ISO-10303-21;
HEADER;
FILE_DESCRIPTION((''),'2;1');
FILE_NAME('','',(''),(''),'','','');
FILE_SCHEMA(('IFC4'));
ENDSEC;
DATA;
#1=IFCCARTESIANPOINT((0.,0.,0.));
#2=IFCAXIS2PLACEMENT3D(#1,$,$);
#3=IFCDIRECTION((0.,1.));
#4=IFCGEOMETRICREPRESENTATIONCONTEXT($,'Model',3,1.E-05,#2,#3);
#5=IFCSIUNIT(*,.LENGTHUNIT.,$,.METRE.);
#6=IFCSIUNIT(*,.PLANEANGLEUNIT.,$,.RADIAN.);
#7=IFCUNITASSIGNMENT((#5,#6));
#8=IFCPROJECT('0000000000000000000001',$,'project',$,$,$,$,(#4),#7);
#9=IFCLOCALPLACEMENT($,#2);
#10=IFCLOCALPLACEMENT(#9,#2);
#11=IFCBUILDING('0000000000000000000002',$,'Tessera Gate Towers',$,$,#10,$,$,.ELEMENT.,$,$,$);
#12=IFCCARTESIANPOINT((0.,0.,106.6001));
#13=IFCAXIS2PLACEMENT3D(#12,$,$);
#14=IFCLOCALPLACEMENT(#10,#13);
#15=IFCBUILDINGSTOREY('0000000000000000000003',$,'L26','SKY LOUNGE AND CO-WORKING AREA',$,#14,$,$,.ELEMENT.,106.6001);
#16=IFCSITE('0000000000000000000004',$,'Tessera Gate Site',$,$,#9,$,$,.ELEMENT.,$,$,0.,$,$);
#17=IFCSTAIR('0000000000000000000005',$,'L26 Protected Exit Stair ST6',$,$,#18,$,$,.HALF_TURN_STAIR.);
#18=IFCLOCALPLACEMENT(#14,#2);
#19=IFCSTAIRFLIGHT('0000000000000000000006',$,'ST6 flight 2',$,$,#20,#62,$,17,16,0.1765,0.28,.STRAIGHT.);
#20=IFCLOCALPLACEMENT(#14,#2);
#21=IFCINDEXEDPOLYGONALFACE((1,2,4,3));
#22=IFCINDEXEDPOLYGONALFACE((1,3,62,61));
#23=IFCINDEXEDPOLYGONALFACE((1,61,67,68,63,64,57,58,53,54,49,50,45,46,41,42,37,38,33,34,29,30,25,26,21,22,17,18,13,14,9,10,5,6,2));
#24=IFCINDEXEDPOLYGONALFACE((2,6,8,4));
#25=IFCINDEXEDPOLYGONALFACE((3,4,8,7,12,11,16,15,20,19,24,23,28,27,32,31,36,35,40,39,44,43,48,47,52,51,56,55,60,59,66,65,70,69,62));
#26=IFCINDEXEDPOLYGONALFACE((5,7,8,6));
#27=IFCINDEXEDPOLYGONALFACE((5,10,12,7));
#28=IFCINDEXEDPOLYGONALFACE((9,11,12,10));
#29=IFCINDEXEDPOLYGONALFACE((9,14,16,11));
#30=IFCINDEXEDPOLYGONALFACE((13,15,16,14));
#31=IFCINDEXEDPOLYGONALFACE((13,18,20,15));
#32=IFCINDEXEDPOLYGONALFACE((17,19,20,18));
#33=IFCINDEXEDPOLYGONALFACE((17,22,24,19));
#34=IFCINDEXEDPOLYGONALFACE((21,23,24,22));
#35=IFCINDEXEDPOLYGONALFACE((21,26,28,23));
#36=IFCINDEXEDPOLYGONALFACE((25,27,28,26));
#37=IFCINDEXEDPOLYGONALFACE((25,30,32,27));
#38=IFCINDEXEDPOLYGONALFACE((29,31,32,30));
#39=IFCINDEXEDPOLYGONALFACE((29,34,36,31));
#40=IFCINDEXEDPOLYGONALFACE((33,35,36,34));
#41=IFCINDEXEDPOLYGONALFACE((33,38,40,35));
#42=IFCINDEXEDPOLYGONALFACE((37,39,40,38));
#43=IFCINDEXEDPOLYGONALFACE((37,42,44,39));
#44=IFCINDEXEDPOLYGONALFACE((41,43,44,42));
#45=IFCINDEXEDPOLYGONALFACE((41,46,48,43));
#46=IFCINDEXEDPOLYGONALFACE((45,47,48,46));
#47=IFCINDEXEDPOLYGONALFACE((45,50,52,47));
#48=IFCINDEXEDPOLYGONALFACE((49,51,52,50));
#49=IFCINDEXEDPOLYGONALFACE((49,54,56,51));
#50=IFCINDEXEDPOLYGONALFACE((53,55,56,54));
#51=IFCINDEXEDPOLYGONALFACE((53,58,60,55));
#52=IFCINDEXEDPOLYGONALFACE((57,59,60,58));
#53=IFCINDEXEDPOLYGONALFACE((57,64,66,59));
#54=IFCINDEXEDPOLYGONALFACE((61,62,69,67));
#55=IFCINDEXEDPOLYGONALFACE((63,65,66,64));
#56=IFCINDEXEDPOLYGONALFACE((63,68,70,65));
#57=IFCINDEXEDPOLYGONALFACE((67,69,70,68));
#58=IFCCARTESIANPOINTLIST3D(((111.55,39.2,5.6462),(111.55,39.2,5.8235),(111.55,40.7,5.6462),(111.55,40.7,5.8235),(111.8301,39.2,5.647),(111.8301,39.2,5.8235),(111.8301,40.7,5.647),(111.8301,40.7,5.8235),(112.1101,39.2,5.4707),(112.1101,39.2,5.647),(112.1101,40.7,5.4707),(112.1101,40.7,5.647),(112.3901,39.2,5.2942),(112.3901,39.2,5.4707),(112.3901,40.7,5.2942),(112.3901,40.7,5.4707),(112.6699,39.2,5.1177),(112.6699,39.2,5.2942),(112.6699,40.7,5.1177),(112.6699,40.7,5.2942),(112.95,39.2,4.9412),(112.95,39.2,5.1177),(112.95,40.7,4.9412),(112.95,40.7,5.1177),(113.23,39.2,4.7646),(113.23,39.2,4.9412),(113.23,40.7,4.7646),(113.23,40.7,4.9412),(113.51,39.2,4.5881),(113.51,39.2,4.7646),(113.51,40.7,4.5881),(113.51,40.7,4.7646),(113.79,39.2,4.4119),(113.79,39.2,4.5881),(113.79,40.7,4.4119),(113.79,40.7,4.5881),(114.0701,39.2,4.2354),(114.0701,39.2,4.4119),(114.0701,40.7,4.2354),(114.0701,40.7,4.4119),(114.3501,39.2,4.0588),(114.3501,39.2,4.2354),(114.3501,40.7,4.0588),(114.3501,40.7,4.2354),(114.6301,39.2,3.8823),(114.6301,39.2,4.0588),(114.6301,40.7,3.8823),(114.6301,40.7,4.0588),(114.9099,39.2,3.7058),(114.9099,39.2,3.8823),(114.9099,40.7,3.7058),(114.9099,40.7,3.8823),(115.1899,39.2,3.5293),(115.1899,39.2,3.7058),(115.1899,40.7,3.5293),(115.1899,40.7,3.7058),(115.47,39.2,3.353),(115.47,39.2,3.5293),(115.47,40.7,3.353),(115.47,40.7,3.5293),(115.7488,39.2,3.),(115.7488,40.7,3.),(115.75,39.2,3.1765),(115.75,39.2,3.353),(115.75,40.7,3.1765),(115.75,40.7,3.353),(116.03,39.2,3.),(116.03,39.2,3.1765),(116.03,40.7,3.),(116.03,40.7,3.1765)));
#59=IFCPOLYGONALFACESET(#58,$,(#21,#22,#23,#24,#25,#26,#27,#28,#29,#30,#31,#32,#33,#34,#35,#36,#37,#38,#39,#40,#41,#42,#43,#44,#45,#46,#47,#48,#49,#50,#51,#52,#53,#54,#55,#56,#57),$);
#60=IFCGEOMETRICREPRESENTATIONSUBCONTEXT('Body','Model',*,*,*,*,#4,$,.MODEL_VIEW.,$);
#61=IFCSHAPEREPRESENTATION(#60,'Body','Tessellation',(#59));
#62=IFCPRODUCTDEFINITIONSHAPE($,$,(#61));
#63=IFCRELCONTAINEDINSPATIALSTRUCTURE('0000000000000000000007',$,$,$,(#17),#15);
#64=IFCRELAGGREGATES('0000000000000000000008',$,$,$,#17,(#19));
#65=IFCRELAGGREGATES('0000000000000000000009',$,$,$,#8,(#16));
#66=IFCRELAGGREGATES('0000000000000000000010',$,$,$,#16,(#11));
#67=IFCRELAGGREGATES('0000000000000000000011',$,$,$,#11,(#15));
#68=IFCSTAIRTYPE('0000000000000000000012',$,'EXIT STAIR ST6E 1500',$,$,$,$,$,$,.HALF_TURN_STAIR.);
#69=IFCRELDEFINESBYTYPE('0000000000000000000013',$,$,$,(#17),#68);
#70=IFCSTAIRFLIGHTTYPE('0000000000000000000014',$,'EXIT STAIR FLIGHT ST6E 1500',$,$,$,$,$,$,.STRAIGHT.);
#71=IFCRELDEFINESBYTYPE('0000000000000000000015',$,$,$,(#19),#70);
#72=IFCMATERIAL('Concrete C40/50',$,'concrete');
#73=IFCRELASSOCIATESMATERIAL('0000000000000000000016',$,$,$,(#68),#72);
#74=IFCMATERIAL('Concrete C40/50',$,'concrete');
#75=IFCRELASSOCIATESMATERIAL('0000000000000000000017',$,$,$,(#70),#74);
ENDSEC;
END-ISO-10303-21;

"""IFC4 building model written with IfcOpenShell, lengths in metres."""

from ifc_helpers import new_model, si_unit, direction, frame, origin, place, context, subcontext, project, spatial, polyline, outline, extrude, material, type_object, element, aggregate, save


model = new_model("IFC4")

# Units and contexts
model_context = context("Model", 3, precision=1e-05, world=origin(), true_north=direction((0.0, 1.0)))
body_context = subcontext(model_context, "Body", "Model", "MODEL_VIEW")
ifc_project = project(units=[si_unit("LENGTHUNIT", "METRE"), si_unit("PLANEANGLEUNIT", "RADIAN")], contexts=[model_context])

# Site, building, storey
site_placement = place(None, origin())
site = spatial("IfcSite", under=ifc_project, at=site_placement, Name="Tessera Gate Site", CompositionType="ELEMENT", RefElevation=0.0)
building_placement = place(site_placement, origin())
building = spatial("IfcBuilding", under=site, at=building_placement, Name="Tessera Gate Towers", CompositionType="ELEMENT")
storey_placement = place(building_placement, frame((0.0, 0.0, 106.6001)))
storey = spatial("IfcBuildingStorey", under=building, at=storey_placement, Name="L26", Description="SKY LOUNGE AND CO-WORKING AREA", CompositionType="ELEMENT", Elevation=106.6001)

# Stair, stair flight
ifc_material_1 = material(Name="Concrete C40/50", Category="concrete")
stair_type = type_object("IfcStairType", Name="EXIT STAIR ST6E 1500", PredefinedType="HALF_TURN_STAIR", material=ifc_material_1)
stair_placement = place(storey_placement, origin())
stair = element("IfcStair", 1, at=stair_placement, inside=storey, type_object=stair_type, Name="L26 Protected Exit Stair ST6", PredefinedType="HALF_TURN_STAIR")
ifc_material_2 = material(Name="Concrete C40/50", Category="concrete")
stair_flight_type = type_object("IfcStairFlightType", Name="EXIT STAIR FLIGHT ST6E 1500", PredefinedType="STRAIGHT", material=ifc_material_2)
stair_flight_1_placement = place(storey_placement, frame((116.03, 39.95, 3.0), z_axis=(0.0, 0.0, 1.0), x_axis=(-1.0, 0.0, 0.0)))
stair_flight_1 = element("IfcStairFlight", 2, at=stair_flight_1_placement, type_object=stair_flight_type, Name="ST6 flight 2", NumberOfRisers=17, NumberOfTreads=16, PredefinedType="STRAIGHT", RiserHeight=0.1765, TreadLength=0.28, context=body_context, shape_type="SweptSolid", body=[
    extrude(outline(polyline([(0.0, 0.0), (0.0, 0.1765), (0.28, 0.1765), (0.28, 0.353), (0.5601, 0.353), (0.5601, 0.5293), (0.8401, 0.5293), (0.8401, 0.7058), (1.1201, 0.7058), (1.1201, 0.8823), (1.3999, 0.8823), (1.3999, 1.0588), (1.6799, 1.0588), (1.6799, 1.2354), (1.96, 1.2354), (1.96, 1.4119), (2.24, 1.4119), (2.24, 1.5881), (2.52, 1.5881), (2.52, 1.7646), (2.8, 1.7646), (2.8, 1.9412), (3.0801, 1.9412), (3.0801, 2.1177), (3.3601, 2.1177), (3.3601, 2.2942), (3.6399, 2.2942), (3.6399, 2.4707), (3.9199, 2.4707), (3.9199, 2.647), (4.2, 2.647), (4.2, 2.8235), (4.48, 2.8235), (4.48, 3.0), (4.48, 2.6462), (0.2812, 0.0), (0.0, 0.0)])), frame((0.0, 0.75, 0.0), z_axis=(0.0, -1.0, 0.0), x_axis=(1.0, 0.0, 0.0)), (0.0, 0.0, 1.0), 1.5),
])
aggregate(stair, [stair_flight_1])

save(model, "model.ifc")
